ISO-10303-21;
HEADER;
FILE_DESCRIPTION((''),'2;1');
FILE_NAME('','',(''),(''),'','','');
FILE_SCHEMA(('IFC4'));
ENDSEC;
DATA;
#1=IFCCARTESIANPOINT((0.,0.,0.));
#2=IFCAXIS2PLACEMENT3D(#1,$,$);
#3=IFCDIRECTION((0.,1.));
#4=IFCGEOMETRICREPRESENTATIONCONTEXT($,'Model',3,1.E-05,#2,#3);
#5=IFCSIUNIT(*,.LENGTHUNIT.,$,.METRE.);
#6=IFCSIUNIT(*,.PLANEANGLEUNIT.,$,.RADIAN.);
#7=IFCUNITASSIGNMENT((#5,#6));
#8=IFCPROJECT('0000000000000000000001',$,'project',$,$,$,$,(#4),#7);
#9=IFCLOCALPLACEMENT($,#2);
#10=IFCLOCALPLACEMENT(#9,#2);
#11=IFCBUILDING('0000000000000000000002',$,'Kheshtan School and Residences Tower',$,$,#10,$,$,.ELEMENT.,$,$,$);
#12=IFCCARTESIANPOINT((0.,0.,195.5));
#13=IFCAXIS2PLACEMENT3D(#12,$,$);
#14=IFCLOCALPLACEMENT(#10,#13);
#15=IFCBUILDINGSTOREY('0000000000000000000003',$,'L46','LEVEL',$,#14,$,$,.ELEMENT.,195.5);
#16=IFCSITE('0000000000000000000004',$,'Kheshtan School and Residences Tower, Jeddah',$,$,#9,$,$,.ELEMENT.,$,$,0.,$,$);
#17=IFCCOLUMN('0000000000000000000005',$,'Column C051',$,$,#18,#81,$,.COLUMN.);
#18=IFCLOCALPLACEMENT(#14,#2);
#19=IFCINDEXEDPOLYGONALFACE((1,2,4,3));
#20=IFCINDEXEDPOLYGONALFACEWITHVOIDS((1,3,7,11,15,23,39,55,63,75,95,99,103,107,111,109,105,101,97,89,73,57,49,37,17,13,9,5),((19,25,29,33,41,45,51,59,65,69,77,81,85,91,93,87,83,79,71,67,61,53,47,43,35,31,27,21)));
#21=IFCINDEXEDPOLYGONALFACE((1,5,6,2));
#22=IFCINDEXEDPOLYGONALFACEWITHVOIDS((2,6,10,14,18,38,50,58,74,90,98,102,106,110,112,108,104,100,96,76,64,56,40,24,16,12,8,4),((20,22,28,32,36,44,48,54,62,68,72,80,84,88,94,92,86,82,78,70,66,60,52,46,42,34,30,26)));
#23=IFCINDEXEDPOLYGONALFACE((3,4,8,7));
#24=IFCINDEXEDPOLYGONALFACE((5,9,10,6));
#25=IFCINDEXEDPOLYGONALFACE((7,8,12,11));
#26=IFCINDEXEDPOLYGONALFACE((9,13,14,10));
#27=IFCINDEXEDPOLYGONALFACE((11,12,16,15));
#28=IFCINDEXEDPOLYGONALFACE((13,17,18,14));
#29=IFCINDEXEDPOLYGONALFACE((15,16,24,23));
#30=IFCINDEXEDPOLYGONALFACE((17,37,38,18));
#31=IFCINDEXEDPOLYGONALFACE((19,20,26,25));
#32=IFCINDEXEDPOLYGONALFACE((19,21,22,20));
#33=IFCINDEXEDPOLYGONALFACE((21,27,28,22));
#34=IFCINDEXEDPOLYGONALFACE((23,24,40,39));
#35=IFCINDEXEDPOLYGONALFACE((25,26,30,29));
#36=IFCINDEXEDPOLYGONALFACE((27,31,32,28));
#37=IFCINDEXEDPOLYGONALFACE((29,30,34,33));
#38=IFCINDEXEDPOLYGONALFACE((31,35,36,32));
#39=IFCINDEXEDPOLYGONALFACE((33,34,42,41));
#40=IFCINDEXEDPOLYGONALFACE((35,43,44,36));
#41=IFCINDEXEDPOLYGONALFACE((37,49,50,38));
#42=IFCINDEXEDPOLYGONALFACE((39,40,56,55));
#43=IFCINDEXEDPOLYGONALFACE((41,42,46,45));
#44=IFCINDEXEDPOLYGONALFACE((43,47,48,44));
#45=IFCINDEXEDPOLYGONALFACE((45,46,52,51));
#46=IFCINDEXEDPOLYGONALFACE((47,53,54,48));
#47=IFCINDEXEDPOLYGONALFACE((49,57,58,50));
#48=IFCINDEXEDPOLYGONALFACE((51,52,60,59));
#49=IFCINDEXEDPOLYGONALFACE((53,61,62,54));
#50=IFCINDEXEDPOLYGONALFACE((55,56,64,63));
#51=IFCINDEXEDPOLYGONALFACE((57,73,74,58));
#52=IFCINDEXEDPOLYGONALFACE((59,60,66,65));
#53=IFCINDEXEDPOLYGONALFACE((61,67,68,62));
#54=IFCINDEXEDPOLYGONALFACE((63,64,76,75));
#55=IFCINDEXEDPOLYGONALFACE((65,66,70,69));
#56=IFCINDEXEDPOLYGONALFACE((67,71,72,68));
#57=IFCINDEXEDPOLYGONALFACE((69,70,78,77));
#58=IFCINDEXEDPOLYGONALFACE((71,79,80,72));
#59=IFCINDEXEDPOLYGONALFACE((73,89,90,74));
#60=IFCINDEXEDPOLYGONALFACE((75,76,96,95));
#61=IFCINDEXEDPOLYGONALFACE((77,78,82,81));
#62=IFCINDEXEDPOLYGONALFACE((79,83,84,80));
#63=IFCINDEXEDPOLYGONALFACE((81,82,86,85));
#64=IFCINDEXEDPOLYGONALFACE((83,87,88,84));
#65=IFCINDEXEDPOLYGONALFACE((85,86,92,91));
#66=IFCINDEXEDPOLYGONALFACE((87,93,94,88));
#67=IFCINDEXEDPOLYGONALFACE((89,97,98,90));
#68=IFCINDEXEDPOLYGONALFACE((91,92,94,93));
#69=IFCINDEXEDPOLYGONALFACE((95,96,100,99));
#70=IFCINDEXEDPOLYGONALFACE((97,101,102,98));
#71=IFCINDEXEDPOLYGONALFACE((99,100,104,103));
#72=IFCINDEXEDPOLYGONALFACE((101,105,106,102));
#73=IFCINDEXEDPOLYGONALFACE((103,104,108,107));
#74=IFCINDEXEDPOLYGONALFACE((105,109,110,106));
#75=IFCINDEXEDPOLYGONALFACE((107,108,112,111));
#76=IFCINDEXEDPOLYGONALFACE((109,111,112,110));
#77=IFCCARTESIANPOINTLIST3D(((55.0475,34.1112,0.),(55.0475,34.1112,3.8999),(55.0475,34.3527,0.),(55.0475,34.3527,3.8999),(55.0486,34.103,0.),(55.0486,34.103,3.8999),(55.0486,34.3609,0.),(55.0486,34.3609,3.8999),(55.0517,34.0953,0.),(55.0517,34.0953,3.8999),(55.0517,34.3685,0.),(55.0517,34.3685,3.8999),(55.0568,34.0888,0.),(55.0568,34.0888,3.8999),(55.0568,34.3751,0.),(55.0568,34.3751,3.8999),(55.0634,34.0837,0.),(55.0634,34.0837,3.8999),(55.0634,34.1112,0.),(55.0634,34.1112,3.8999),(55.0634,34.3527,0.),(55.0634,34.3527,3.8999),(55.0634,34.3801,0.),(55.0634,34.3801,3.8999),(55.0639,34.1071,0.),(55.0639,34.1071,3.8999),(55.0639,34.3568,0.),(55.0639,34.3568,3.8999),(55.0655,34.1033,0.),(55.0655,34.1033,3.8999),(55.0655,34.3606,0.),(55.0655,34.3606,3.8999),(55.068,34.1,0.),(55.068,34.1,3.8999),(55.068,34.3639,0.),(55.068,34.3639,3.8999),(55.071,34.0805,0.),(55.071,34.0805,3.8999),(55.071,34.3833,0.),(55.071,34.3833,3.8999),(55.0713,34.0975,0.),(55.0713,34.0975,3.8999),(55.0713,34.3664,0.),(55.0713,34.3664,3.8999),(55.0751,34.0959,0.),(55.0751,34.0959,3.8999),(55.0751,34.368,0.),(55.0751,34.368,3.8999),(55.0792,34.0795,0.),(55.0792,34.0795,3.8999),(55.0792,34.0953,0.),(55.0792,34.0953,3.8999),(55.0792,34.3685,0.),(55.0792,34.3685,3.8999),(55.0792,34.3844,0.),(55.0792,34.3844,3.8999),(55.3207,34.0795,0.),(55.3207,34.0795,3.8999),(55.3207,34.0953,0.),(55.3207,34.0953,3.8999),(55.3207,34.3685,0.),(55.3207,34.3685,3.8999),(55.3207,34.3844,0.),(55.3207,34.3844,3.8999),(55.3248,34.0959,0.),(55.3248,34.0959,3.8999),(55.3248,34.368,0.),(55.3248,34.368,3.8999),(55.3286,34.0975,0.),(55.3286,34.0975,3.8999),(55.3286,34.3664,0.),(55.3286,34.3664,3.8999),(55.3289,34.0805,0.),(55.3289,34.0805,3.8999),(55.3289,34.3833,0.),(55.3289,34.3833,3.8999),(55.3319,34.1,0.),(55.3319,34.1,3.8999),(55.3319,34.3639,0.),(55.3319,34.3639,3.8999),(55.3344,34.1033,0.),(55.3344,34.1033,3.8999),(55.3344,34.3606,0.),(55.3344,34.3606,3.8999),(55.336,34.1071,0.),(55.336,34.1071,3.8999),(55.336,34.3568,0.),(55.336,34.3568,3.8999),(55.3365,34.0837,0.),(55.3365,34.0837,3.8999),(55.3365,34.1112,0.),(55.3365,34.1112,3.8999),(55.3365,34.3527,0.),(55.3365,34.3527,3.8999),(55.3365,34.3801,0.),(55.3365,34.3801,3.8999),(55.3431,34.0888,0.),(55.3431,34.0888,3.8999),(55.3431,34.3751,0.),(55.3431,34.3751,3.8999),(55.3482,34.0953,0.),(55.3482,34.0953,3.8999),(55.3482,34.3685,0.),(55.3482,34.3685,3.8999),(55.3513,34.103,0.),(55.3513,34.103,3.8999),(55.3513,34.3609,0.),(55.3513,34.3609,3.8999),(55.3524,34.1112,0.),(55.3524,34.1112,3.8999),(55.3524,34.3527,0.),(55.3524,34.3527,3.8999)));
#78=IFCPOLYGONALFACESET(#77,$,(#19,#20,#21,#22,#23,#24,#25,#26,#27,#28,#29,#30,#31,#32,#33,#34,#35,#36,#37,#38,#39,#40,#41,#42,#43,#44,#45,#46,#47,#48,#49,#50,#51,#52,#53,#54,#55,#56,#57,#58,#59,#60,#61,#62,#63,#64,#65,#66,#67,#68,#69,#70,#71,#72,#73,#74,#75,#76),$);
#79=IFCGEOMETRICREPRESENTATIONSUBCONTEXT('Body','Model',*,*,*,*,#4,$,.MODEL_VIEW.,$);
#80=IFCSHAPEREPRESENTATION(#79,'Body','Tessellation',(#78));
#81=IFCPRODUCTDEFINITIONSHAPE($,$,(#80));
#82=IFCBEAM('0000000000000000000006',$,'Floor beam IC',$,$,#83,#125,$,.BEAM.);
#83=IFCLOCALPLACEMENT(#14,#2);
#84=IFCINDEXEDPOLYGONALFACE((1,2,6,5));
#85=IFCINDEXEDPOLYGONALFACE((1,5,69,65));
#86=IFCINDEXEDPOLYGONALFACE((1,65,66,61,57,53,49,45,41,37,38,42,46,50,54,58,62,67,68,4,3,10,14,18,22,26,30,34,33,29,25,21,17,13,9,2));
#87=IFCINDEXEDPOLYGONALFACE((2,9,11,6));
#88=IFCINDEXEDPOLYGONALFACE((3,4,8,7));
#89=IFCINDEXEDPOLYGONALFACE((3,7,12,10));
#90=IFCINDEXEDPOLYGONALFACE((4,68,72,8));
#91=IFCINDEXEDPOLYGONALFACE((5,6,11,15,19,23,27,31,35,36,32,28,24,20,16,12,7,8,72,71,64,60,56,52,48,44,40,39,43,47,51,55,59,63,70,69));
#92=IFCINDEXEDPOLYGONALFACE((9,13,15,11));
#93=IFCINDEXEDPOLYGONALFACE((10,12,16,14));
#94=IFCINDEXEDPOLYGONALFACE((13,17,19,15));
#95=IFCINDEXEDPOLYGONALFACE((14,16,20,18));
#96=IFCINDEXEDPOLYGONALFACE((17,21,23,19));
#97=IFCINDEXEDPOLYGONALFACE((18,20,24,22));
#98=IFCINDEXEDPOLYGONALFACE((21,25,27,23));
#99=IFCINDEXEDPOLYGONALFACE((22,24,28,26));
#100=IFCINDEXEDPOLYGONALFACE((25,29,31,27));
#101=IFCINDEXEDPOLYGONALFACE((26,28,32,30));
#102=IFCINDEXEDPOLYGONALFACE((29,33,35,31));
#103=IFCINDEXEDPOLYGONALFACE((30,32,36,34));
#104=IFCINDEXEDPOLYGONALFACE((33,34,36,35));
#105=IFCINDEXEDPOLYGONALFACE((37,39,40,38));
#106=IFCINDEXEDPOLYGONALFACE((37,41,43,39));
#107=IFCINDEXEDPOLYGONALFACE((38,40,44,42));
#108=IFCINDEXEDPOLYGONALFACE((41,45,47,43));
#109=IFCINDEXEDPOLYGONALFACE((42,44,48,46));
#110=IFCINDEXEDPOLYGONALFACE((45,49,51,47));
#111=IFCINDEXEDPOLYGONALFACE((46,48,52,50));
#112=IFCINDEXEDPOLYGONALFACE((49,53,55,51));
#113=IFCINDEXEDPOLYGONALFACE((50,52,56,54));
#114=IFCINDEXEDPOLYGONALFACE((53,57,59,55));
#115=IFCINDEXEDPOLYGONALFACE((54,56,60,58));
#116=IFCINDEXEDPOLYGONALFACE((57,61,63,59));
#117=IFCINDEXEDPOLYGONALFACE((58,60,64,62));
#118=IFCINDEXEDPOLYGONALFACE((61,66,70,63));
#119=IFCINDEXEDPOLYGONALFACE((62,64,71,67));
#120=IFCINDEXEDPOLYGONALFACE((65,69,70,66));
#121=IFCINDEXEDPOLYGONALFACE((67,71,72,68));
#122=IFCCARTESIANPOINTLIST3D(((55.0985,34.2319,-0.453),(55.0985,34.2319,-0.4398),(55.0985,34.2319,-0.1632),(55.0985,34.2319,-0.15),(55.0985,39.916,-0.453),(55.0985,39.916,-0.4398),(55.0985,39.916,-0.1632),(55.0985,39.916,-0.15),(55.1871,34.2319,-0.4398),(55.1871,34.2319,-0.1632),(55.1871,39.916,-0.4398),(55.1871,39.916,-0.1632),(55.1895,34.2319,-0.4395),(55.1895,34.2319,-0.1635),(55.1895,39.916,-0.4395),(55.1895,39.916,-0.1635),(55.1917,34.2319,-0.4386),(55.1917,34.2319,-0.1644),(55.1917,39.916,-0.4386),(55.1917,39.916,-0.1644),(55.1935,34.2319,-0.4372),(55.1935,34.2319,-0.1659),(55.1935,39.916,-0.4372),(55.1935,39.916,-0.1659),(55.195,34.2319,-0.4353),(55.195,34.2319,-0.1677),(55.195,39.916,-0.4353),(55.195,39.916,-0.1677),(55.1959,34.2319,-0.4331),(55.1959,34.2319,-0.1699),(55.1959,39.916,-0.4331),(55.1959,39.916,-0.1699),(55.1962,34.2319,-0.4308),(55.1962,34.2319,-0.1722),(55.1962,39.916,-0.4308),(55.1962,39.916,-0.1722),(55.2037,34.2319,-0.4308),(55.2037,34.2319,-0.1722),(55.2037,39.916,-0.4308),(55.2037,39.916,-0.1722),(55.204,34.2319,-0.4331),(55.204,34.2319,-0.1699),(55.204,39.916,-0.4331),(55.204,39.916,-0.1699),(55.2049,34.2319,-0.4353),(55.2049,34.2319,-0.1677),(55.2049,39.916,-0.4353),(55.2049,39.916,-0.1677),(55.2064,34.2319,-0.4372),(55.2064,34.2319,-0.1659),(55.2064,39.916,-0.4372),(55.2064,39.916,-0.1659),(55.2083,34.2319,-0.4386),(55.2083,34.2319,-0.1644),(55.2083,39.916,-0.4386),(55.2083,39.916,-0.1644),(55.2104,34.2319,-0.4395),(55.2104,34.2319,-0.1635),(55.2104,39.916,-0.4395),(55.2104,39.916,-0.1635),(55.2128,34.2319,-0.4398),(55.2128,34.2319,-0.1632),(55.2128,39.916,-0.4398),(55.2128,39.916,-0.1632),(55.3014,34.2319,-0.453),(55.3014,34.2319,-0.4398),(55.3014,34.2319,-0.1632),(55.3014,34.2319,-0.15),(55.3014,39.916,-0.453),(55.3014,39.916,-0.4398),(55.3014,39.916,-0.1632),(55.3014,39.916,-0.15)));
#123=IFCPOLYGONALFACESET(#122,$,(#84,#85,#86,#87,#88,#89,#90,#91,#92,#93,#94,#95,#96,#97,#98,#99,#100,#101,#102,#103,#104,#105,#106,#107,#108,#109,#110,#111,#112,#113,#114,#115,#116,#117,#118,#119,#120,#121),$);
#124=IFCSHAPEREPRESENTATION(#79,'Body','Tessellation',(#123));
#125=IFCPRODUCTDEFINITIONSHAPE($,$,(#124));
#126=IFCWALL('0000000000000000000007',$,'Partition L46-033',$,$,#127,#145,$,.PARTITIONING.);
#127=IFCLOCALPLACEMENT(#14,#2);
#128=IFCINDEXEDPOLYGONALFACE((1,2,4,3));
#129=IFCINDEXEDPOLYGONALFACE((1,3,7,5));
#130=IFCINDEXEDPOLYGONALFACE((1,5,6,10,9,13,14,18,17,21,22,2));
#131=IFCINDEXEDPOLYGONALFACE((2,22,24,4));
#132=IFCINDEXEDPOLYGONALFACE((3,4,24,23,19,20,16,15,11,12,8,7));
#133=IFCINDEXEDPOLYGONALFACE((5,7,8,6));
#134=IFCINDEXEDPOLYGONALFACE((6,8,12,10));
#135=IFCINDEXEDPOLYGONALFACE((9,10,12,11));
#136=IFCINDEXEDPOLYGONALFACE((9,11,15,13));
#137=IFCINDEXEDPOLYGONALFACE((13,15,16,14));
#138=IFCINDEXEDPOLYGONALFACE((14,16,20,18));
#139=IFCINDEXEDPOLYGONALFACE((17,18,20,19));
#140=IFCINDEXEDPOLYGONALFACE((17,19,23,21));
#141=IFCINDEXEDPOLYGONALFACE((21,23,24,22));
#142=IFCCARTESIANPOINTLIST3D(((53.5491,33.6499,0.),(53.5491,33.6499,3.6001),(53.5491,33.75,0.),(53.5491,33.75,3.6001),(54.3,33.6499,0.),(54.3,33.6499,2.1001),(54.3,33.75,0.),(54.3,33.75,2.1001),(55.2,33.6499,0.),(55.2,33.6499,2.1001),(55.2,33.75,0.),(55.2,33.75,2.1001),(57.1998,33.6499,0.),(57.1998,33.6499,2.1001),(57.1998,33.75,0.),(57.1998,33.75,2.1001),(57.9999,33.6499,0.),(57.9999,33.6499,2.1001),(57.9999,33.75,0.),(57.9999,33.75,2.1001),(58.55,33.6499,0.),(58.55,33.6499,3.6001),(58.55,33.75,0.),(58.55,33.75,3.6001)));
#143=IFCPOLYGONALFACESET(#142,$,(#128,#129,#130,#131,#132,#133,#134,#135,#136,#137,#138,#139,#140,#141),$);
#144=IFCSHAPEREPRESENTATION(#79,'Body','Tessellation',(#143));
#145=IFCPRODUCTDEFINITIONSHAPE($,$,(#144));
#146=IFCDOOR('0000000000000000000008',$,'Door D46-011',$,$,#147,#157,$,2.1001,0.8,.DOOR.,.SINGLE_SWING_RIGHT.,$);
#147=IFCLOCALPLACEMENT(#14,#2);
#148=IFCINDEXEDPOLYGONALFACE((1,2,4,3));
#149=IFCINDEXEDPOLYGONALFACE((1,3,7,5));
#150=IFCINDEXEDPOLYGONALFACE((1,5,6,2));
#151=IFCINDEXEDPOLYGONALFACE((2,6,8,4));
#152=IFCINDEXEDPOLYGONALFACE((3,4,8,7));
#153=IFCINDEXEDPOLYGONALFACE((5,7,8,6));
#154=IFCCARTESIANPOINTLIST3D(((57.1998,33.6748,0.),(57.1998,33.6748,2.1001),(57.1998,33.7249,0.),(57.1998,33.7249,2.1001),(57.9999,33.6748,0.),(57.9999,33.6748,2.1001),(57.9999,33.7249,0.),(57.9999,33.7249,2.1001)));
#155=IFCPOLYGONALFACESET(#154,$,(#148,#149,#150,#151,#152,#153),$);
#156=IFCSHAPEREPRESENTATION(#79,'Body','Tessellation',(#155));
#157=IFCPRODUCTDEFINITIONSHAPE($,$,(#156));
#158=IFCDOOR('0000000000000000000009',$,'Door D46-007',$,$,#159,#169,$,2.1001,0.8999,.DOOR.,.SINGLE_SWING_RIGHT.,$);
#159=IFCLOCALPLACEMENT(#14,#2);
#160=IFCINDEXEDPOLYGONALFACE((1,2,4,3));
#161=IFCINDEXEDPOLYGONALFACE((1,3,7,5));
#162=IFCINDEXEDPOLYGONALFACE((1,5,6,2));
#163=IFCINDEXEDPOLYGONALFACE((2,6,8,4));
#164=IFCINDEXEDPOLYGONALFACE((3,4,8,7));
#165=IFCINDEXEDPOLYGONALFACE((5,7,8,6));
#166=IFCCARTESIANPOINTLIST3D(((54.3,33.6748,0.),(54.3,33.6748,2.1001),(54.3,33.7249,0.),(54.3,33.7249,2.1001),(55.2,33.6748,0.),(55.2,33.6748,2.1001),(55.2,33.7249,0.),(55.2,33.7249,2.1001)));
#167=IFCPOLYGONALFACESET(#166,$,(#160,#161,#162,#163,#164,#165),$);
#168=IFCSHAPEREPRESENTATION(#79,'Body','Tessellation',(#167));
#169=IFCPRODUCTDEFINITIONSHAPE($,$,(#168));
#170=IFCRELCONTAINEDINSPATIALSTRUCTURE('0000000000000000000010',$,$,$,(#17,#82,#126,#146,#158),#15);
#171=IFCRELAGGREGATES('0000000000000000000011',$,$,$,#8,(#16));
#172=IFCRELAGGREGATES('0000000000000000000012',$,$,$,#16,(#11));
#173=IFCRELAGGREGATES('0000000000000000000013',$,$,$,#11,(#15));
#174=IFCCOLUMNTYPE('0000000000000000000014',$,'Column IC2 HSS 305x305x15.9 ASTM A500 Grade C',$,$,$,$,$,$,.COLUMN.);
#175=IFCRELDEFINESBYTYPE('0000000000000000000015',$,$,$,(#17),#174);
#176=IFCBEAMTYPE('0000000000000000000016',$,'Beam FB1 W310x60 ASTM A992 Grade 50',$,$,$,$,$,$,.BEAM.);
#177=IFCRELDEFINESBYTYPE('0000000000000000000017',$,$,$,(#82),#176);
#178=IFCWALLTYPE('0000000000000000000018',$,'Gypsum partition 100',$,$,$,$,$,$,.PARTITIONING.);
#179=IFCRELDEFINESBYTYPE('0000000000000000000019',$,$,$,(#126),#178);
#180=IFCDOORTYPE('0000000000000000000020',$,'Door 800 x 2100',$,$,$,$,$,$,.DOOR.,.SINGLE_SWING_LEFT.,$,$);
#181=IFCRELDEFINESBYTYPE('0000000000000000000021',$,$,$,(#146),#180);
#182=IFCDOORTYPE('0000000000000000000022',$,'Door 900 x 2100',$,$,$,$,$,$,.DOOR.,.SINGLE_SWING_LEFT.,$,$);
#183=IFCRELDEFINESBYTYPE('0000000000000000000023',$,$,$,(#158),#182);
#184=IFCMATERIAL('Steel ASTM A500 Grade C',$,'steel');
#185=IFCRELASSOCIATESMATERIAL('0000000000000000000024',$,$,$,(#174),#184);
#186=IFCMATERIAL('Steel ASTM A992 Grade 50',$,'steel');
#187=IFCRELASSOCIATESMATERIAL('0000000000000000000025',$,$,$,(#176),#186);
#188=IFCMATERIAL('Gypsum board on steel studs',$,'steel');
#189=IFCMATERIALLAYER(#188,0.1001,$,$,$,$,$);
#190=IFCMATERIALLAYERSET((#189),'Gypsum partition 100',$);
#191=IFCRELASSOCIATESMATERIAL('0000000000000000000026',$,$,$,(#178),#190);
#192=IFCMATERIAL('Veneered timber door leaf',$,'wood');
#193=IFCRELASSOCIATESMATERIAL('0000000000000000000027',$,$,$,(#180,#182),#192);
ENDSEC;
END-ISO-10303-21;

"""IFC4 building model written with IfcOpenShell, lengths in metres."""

from ifc_helpers import new_model, si_unit, direction, frame, frame_2d, origin, origin_2d, place, context, subcontext, project, spatial, rectangle, hollow_rectangle, i_section, extrude, source, transform, mapped, material, layer, layer_set, material_profile, profile_set, type_object, element, fill, save


model = new_model("IFC4")

# Units and contexts
model_context = context("Model", 3, precision=1e-05, world=origin(), true_north=direction((0.0, 1.0)))
body_context = subcontext(model_context, "Body", "Model", "MODEL_VIEW")
ifc_project = project(units=[si_unit("LENGTHUNIT", "METRE"), si_unit("PLANEANGLEUNIT", "RADIAN")], contexts=[model_context])

# Site, building, storey
site_placement = place(None, origin())
site = spatial("IfcSite", under=ifc_project, at=site_placement, Name="Kheshtan School and Residences Tower, Jeddah", CompositionType="ELEMENT", RefElevation=0.0)
building_placement = place(site_placement, origin())
building = spatial("IfcBuilding", under=site, at=building_placement, Name="Kheshtan School and Residences Tower", CompositionType="ELEMENT")
storey_placement = place(building_placement, frame((0.0, 0.0, 195.5)))
storey = spatial("IfcBuildingStorey", under=building, at=storey_placement, Name="L46", Description="LEVEL", CompositionType="ELEMENT", Elevation=195.5)

# Column
ifc_material_1 = material(Name="Steel ASTM A500 Grade C", Category="steel")
ifc_material_profile_1 = material_profile(ifc_material_1, hollow_rectangle(XDim=0.3049, YDim=0.3049, WallThickness=0.0159, InnerFilletRadius=0.0159, OuterFilletRadius=0.0317, at=origin_2d()), Name="HSS 305x305x15.9")
ifc_profile_set_1 = profile_set([ifc_material_profile_1], Name="Steel ASTM A500 Grade C")
column_type = type_object("IfcColumnType", Name="Column IC2 HSS 305x305x15.9 ASTM A500 Grade C", PredefinedType="COLUMN", material=ifc_profile_set_1)
column_placement = place(storey_placement, frame((55.2, 34.2319, 0.0), z_axis=(0.0, 0.0, 1.0), x_axis=(1.0, 0.0, 0.0)))
element("IfcColumn", 1, at=column_placement, inside=storey, type_object=column_type, Name="Column C051", PredefinedType="COLUMN", context=body_context, shape_type="SweptSolid", body=[
    extrude(hollow_rectangle(XDim=0.3049, YDim=0.3049, WallThickness=0.0159, InnerFilletRadius=0.0159, OuterFilletRadius=0.0317, at=origin_2d()), origin(), (0.0, 0.0, 1.0), 3.8999),
])

# Beam
ifc_material_2 = material(Name="Steel ASTM A992 Grade 50", Category="steel")
ifc_material_profile_2 = material_profile(ifc_material_2, i_section(OverallWidth=0.2029, OverallDepth=0.303, WebThickness=0.0076, FlangeThickness=0.0132, FilletRadius=0.009, at=origin_2d()), Name="W310x60")
ifc_profile_set_2 = profile_set([ifc_material_profile_2], Name="Steel ASTM A992 Grade 50")
beam_type = type_object("IfcBeamType", Name="Beam FB1 W310x60 ASTM A992 Grade 50", PredefinedType="BEAM", material=ifc_profile_set_2)
beam_placement = place(storey_placement, frame((55.2, 34.2319, -0.3015), z_axis=(0.0, 1.0, 0.0), x_axis=(-1.0, 0.0, 0.0)))
element("IfcBeam", 2, at=beam_placement, inside=storey, type_object=beam_type, Name="Floor beam IC", PredefinedType="BEAM", context=body_context, shape_type="SweptSolid", body=[
    extrude(i_section(OverallWidth=0.2029, OverallDepth=0.303, WebThickness=0.0076, FlangeThickness=0.0132, FilletRadius=0.009, at=origin_2d()), origin(), (0.0, 0.0, 1.0), 5.6841),
])

# Wall, openings, doors
ifc_material_3 = material(Name="Gypsum board on steel studs", Category="steel")
ifc_layer_1 = layer(ifc_material_3, 0.1001)
ifc_layer_set_1 = layer_set([ifc_layer_1], Name="Gypsum partition 100")
wall_type_1 = type_object("IfcWallType", Name="Gypsum partition 100", PredefinedType="PARTITIONING", material=ifc_layer_set_1)
wall_1_placement = place(storey_placement, frame((53.5491, 33.7, 0.0), z_axis=(0.0, 0.0, 1.0), x_axis=(1.0, 0.0, 0.0)))
wall_1 = element("IfcWall", 3, at=wall_1_placement, inside=storey, type_object=wall_type_1, Name="Partition L46-033", PredefinedType="PARTITIONING", context=body_context, shape_type="SweptSolid", body=[
    extrude(rectangle(XDim=5.001, YDim=0.1001, at=frame_2d((2.5005, 0.0))), origin(), (0.0, 0.0, 1.0), 3.6001),
])
opening_1_placement = place(wall_1_placement, frame((0.751, 0.0, 0.0)))
opening_1 = element("IfcOpeningElement", 4, at=opening_1_placement, cuts=wall_1, PredefinedType="OPENING", context=body_context, shape_type="SweptSolid", body=[
    extrude(rectangle(XDim=0.8999, YDim=2.1001, at=frame_2d((0.45, 1.05))), frame((0.0, 0.0601, 0.0), z_axis=(0.0, -1.0, 0.0), x_axis=(1.0, 0.0, 0.0)), (0.0, 0.0, 1.0), 0.1201),
])
opening_2_placement = place(wall_1_placement, frame((3.6509, 0.0, 0.0)))
opening_2 = element("IfcOpeningElement", 5, at=opening_2_placement, cuts=wall_1, PredefinedType="OPENING", context=body_context, shape_type="SweptSolid", body=[
    extrude(rectangle(XDim=0.8, YDim=2.1001, at=frame_2d((0.3999, 1.05))), frame((0.0, 0.0601, 0.0), z_axis=(0.0, -1.0, 0.0), x_axis=(1.0, 0.0, 0.0)), (0.0, 0.0, 1.0), 0.1201),
])
ifc_material_4 = material(Name="Veneered timber door leaf", Category="wood")
door_type_1 = type_object("IfcDoorType", Name="Door 800 x 2100", OperationType="SINGLE_SWING_LEFT", PredefinedType="DOOR", material=ifc_material_4)
shared_shape_1 = source(origin(), body_context, "Body", "SweptSolid", [
    extrude(rectangle(XDim=0.8, YDim=2.1001, at=frame_2d((0.3999, 1.05))), frame((0.0, 0.0249, 0.0), z_axis=(0.0, -1.0, 0.0), x_axis=(1.0, 0.0, 0.0)), (0.0, 0.0, 1.0), 0.05),
])
door_1_placement = place(opening_2_placement, origin())
door_1 = element("IfcDoor", 6, at=door_1_placement, inside=storey, type_object=door_type_1, Name="Door D46-011", OperationType="SINGLE_SWING_RIGHT", OverallHeight=2.1001, OverallWidth=0.8, PredefinedType="DOOR", context=body_context, shape_type="MappedRepresentation", body=[
    mapped(shared_shape_1, transform((0.0, 0.0, 0.0), x_axis=(1.0, 0.0, 0.0), y_axis=(0.0, 1.0, 0.0), z_axis=(0.0, 0.0, 1.0), scale=1.0)),
])
fill(opening_2, door_1)
door_type_2 = type_object("IfcDoorType", Name="Door 900 x 2100", OperationType="SINGLE_SWING_LEFT", PredefinedType="DOOR", material=ifc_material_4)
shared_shape_2 = source(origin(), body_context, "Body", "SweptSolid", [
    extrude(rectangle(XDim=0.8999, YDim=2.1001, at=frame_2d((0.45, 1.05))), frame((0.0, 0.0249, 0.0), z_axis=(0.0, -1.0, 0.0), x_axis=(1.0, 0.0, 0.0)), (0.0, 0.0, 1.0), 0.05),
])
door_2_placement = place(opening_1_placement, origin())
door_2 = element("IfcDoor", 7, at=door_2_placement, inside=storey, type_object=door_type_2, Name="Door D46-007", OperationType="SINGLE_SWING_RIGHT", OverallHeight=2.1001, OverallWidth=0.8999, PredefinedType="DOOR", context=body_context, shape_type="MappedRepresentation", body=[
    mapped(shared_shape_2, transform((0.0, 0.0, 0.0), x_axis=(1.0, 0.0, 0.0), y_axis=(0.0, 1.0, 0.0), z_axis=(0.0, 0.0, 1.0), scale=1.0)),
])
fill(opening_1, door_2)

save(model, "model.ifc")
